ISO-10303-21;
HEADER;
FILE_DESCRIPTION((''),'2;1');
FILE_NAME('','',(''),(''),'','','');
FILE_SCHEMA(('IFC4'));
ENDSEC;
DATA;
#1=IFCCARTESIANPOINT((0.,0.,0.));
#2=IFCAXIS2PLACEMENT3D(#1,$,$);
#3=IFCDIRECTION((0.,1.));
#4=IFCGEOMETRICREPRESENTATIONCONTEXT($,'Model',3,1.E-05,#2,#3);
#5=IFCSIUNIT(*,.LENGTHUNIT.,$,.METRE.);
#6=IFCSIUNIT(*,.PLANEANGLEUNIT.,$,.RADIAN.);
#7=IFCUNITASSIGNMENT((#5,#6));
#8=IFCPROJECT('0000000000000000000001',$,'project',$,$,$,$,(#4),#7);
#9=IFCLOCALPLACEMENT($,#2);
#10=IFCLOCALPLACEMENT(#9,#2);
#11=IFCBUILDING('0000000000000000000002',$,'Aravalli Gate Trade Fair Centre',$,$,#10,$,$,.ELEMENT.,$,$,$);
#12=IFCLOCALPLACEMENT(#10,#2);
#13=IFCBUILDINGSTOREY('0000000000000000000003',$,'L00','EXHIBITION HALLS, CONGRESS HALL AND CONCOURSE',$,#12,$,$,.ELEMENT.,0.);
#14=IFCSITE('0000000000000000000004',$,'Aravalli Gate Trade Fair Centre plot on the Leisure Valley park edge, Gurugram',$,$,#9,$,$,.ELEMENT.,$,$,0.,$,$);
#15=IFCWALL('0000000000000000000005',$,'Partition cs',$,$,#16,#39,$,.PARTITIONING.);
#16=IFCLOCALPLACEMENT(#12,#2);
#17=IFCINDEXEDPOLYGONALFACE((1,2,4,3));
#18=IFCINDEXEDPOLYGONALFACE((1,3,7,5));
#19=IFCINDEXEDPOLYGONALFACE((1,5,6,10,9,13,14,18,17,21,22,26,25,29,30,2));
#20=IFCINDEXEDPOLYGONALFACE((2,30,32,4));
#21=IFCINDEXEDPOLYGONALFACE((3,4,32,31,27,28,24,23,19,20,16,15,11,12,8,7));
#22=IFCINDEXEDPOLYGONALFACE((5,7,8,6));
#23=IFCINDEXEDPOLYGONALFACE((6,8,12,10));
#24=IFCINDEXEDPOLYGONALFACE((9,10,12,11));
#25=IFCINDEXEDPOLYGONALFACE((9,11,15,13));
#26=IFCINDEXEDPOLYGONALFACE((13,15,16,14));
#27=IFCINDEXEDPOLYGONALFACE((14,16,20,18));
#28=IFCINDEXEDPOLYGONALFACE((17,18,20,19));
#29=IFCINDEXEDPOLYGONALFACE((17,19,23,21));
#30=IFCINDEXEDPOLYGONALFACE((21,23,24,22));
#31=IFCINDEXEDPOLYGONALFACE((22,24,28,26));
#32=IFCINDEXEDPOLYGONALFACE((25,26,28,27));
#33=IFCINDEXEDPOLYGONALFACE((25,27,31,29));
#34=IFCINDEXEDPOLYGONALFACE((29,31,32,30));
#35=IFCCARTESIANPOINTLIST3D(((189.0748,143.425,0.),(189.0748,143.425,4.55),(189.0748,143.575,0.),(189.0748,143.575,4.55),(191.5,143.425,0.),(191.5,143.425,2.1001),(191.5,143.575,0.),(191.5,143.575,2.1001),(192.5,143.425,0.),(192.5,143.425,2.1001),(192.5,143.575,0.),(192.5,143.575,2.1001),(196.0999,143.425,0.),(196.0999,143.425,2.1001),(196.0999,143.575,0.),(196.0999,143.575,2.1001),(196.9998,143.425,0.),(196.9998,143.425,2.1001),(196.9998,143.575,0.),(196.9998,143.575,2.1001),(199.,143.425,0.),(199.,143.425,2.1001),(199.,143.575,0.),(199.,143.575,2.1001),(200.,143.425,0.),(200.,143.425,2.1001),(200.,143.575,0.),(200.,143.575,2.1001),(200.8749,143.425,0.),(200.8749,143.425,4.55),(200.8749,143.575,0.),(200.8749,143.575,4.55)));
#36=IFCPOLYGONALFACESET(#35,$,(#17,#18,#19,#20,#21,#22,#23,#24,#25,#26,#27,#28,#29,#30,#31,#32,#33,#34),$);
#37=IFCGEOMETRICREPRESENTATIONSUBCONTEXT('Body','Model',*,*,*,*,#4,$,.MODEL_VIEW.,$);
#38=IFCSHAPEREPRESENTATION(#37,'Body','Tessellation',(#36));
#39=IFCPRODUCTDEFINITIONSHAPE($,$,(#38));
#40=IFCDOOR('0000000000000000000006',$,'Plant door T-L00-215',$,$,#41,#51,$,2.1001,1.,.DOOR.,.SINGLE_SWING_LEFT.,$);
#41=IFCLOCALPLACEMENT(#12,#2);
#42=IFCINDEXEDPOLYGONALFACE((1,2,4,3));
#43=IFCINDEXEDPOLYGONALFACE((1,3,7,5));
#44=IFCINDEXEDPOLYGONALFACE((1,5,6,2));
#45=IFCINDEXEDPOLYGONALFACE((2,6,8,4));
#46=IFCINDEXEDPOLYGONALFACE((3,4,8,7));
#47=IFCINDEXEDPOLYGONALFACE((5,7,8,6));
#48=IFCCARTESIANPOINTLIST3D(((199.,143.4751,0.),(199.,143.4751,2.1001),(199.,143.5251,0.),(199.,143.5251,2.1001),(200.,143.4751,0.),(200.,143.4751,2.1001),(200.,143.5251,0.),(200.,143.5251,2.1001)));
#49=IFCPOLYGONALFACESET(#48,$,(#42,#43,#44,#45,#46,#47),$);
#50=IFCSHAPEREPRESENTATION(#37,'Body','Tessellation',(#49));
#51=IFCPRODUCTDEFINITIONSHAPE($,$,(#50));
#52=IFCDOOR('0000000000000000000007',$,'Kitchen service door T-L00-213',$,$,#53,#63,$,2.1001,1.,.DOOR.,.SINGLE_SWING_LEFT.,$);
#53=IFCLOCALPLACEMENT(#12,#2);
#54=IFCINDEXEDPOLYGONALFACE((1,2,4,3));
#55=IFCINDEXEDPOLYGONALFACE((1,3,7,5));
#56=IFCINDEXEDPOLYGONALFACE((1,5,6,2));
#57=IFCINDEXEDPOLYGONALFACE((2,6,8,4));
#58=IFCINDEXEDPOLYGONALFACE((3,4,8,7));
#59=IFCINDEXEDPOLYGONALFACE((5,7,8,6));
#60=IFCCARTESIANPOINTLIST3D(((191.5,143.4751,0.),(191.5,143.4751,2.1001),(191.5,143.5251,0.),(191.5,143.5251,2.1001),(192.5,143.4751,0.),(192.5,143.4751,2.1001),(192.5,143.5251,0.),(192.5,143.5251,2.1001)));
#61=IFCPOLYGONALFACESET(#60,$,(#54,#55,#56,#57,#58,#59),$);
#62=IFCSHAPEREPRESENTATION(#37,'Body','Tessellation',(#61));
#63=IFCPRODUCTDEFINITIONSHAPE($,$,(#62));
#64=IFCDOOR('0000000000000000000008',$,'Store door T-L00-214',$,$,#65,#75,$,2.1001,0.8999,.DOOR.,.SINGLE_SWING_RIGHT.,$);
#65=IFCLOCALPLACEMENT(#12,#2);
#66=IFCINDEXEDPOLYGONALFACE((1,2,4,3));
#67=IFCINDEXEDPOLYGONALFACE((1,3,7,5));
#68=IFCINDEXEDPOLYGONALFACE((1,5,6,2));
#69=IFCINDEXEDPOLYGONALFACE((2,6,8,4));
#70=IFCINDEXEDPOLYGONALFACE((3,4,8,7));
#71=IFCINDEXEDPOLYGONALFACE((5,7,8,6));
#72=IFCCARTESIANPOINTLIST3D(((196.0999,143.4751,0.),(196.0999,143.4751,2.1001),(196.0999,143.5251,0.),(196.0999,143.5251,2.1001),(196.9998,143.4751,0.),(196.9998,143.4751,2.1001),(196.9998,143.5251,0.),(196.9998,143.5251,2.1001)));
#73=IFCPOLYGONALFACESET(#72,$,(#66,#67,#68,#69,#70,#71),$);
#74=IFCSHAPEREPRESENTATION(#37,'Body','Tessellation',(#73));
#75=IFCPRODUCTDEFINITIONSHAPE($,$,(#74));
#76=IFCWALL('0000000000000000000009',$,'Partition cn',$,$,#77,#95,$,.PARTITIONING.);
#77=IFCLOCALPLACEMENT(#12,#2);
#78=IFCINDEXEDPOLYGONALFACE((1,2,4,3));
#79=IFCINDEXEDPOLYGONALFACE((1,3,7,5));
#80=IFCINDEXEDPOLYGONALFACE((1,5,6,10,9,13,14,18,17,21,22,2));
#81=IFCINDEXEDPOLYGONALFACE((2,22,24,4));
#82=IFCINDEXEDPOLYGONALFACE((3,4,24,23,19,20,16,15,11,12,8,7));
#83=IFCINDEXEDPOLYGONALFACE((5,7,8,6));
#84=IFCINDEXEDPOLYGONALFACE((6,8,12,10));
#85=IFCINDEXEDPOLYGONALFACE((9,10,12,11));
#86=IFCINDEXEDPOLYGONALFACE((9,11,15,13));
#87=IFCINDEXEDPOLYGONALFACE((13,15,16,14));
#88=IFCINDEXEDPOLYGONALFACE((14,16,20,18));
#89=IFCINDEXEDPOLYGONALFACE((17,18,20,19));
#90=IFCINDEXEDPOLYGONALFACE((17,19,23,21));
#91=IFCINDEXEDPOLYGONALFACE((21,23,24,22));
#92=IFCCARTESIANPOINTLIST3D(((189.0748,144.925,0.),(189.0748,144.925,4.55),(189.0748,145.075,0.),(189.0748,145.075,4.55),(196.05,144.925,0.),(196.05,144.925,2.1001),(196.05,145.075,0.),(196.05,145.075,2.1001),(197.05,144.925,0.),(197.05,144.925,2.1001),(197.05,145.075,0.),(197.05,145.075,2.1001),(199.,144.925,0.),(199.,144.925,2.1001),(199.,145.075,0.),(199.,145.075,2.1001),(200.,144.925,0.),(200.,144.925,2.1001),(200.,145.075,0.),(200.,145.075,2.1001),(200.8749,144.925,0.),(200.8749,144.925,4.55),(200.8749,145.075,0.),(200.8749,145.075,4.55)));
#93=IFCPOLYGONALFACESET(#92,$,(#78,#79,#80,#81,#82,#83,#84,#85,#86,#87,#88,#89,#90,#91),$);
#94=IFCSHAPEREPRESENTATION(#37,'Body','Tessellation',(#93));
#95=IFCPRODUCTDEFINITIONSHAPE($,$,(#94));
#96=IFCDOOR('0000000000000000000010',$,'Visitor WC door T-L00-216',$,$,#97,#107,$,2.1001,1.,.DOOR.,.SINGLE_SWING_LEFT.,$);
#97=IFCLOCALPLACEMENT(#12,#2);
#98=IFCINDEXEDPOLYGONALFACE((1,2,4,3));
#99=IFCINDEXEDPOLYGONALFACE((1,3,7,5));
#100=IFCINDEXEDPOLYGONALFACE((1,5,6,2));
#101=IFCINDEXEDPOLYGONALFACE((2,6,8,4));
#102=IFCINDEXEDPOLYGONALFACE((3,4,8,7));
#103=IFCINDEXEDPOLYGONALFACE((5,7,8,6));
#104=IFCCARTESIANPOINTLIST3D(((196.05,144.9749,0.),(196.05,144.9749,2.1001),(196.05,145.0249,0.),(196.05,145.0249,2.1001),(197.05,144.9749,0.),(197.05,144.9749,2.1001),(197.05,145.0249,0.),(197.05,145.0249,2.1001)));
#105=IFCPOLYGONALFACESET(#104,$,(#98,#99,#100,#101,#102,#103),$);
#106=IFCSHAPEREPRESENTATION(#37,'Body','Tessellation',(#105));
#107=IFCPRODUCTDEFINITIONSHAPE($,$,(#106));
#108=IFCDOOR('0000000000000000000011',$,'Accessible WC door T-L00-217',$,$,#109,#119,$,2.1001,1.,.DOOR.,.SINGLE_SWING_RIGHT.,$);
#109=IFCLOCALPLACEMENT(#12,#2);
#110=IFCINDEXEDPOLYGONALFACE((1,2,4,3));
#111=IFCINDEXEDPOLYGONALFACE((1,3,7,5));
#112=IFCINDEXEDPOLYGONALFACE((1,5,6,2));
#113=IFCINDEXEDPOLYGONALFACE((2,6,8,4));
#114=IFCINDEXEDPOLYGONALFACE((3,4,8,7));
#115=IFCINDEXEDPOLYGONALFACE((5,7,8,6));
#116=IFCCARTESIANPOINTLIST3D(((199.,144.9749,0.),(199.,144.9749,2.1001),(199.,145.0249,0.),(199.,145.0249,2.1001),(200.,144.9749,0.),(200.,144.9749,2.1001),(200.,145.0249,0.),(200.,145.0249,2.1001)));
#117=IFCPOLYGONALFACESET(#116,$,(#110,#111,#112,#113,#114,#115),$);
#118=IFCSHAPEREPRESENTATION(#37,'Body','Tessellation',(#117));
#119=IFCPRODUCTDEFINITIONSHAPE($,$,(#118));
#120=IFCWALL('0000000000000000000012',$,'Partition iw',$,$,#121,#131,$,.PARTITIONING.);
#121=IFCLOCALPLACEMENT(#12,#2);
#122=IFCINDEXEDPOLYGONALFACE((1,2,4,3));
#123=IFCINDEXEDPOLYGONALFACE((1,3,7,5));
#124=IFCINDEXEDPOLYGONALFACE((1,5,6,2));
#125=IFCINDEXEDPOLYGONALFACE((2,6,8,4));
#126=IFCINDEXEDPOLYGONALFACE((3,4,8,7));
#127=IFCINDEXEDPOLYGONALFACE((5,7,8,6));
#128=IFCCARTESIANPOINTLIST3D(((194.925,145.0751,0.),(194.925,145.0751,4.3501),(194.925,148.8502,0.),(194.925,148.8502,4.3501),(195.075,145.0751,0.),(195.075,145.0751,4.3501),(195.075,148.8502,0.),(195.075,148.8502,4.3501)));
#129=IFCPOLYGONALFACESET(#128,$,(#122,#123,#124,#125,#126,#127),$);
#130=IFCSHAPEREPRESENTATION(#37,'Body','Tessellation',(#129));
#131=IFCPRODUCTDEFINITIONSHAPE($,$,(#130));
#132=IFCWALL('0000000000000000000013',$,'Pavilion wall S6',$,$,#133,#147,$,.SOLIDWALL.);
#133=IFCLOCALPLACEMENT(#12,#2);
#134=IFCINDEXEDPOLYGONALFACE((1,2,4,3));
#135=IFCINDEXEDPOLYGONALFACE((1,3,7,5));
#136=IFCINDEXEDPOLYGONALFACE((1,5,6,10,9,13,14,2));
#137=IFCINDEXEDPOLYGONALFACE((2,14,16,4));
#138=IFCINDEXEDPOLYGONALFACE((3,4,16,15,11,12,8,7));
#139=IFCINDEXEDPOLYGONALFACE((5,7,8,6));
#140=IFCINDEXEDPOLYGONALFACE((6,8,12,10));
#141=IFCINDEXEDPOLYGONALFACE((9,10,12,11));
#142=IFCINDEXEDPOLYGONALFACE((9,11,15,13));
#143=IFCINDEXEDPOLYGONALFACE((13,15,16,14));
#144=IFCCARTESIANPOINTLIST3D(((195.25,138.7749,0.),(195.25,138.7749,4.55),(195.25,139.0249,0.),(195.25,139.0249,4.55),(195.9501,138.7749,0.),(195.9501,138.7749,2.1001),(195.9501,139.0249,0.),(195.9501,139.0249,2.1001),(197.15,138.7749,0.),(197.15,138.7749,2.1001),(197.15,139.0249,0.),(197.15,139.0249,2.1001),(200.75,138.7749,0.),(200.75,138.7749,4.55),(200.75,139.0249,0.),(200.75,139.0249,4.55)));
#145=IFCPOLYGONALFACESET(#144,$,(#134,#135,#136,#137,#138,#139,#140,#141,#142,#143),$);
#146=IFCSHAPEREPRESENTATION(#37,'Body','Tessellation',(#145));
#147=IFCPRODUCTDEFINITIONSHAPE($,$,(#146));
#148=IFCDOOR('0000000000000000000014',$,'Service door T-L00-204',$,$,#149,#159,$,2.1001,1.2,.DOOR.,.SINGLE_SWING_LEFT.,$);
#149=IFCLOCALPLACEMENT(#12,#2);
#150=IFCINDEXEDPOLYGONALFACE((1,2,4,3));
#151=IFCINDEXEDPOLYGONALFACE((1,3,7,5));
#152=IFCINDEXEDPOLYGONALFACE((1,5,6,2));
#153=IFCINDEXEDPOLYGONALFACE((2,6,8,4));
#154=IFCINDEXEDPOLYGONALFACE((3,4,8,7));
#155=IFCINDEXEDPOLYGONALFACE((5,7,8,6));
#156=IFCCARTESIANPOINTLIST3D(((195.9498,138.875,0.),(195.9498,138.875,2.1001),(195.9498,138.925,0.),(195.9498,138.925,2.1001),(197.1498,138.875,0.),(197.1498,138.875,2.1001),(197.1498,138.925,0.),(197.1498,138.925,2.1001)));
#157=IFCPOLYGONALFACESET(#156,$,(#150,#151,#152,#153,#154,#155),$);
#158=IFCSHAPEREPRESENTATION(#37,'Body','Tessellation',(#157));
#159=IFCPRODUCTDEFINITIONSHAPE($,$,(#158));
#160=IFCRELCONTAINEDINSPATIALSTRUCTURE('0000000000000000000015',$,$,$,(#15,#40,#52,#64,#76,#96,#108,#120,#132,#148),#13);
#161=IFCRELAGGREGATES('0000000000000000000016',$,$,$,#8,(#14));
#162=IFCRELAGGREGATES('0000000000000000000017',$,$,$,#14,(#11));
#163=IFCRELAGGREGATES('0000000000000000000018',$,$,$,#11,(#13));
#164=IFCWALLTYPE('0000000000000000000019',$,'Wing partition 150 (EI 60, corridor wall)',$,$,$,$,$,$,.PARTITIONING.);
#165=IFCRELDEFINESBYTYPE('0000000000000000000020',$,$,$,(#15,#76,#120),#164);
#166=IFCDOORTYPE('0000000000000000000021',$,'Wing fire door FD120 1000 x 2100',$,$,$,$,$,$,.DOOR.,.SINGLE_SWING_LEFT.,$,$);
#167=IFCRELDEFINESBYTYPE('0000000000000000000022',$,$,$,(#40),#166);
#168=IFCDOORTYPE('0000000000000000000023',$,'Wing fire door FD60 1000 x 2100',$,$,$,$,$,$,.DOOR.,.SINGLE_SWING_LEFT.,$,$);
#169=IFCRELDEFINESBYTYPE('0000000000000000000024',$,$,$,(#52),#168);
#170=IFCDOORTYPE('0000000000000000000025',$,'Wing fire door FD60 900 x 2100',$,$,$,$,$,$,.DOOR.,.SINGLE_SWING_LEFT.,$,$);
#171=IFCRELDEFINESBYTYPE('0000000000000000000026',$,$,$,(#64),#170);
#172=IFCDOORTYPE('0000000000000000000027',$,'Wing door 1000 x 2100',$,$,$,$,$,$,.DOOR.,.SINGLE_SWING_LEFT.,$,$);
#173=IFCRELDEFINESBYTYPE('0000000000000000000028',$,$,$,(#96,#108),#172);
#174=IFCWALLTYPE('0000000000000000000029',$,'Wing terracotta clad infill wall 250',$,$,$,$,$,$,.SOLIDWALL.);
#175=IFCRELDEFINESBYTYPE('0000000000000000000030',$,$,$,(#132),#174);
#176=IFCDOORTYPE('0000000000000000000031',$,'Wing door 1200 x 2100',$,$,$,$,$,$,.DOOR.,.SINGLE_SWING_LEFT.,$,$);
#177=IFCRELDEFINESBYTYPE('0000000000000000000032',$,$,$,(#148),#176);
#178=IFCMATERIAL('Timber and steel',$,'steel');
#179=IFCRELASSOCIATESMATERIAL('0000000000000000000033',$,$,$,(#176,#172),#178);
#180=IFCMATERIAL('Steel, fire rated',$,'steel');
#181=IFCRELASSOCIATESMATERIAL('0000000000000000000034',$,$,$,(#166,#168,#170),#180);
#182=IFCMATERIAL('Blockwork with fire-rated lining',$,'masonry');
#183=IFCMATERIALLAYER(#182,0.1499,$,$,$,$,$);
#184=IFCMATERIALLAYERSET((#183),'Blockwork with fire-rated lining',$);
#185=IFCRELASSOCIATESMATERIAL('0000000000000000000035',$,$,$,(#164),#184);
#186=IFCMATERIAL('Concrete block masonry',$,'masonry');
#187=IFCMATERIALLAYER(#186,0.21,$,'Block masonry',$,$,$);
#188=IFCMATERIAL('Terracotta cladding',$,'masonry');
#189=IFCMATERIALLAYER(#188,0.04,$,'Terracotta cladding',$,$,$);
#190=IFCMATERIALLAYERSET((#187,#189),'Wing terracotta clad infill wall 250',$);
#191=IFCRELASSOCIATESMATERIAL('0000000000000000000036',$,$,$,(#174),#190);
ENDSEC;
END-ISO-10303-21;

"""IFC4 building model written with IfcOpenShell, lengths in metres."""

from ifc_helpers import new_model, si_unit, direction, frame, frame_2d, origin, place, context, subcontext, project, spatial, rectangle, extrude, material, layer, layer_set, type_object, element, fill, save


model = new_model("IFC4")

# Units and contexts
model_context = context("Model", 3, precision=1e-05, world=origin(), true_north=direction((0.0, 1.0)))
body_context = subcontext(model_context, "Body", "Model", "MODEL_VIEW")
ifc_project = project(units=[si_unit("LENGTHUNIT", "METRE"), si_unit("PLANEANGLEUNIT", "RADIAN")], contexts=[model_context])

# Site, building, storey
site_placement = place(None, origin())
site = spatial("IfcSite", under=ifc_project, at=site_placement, Name="Aravalli Gate Trade Fair Centre plot on the Leisure Valley park edge, Gurugram", CompositionType="ELEMENT", RefElevation=0.0)
building_placement = place(site_placement, origin())
building = spatial("IfcBuilding", under=site, at=building_placement, Name="Aravalli Gate Trade Fair Centre", CompositionType="ELEMENT")
storey_placement = place(building_placement, origin())
storey = spatial("IfcBuildingStorey", under=building, at=storey_placement, Name="L00", Description="EXHIBITION HALLS, CONGRESS HALL AND CONCOURSE", CompositionType="ELEMENT", Elevation=0.0)

# Shared definitions
ifc_material_1 = material(Name="Blockwork with fire-rated lining", Category="masonry")
ifc_material_2 = material(Name="Timber and steel", Category="steel")
door_type_1 = type_object("IfcDoorType", Name="Wing door 1200 x 2100", OperationType="SINGLE_SWING_LEFT", PredefinedType="DOOR", material=ifc_material_2)
ifc_material_3 = material(Name="Steel, fire rated", Category="steel")
door_type_2 = type_object("IfcDoorType", Name="Wing fire door FD120 1000 x 2100", OperationType="SINGLE_SWING_LEFT", PredefinedType="DOOR", material=ifc_material_3)

# Walls, openings, doors
ifc_layer_1 = layer(ifc_material_1, 0.1499)
ifc_layer_set_1 = layer_set([ifc_layer_1], Name="Blockwork with fire-rated lining")
wall_type_1 = type_object("IfcWallType", Name="Wing partition 150 (EI 60, corridor wall)", PredefinedType="PARTITIONING", material=ifc_layer_set_1)
wall_1_placement = place(storey_placement, frame((189.075, 143.5, 0.0), z_axis=(0.0, 0.0, 1.0), x_axis=(1.0, 0.0, 0.0)))
wall_1 = element("IfcWall", 1, at=wall_1_placement, inside=storey, type_object=wall_type_1, Name="Partition cs", PredefinedType="PARTITIONING", context=body_context, shape_type="SweptSolid", body=[
    extrude(rectangle(XDim=11.8, YDim=0.1499, at=frame_2d((5.8999, 0.0))), origin(), (0.0, 0.0, 1.0), 4.55),
])
opening_1_placement = place(wall_1_placement, frame((2.425, 0.0, 0.0)))
opening_1 = element("IfcOpeningElement", 2, at=opening_1_placement, cuts=wall_1, PredefinedType="OPENING", context=body_context, shape_type="SweptSolid", body=[
    extrude(rectangle(XDim=1.0, YDim=2.1001, at=frame_2d((0.5, 1.05))), frame((0.0, 0.085, 0.0), z_axis=(0.0, -1.0, 0.0), x_axis=(1.0, 0.0, 0.0)), (0.0, 0.0, 1.0), 0.1699),
])
opening_2_placement = place(wall_1_placement, frame((7.0249, 0.0, 0.0)))
opening_2 = element("IfcOpeningElement", 3, at=opening_2_placement, cuts=wall_1, PredefinedType="OPENING", context=body_context, shape_type="SweptSolid", body=[
    extrude(rectangle(XDim=0.8999, YDim=2.1001, at=frame_2d((0.45, 1.05))), frame((0.0, 0.085, 0.0), z_axis=(0.0, -1.0, 0.0), x_axis=(1.0, 0.0, 0.0)), (0.0, 0.0, 1.0), 0.1699),
])
opening_3_placement = place(wall_1_placement, frame((9.925, 0.0, 0.0)))
opening_3 = element("IfcOpeningElement", 4, at=opening_3_placement, cuts=wall_1, PredefinedType="OPENING", context=body_context, shape_type="SweptSolid", body=[
    extrude(rectangle(XDim=1.0, YDim=2.1001, at=frame_2d((0.5, 1.05))), frame((0.0, 0.085, 0.0), z_axis=(0.0, -1.0, 0.0), x_axis=(1.0, 0.0, 0.0)), (0.0, 0.0, 1.0), 0.1699),
])
door_1_placement = place(opening_3_placement, frame((1.0, 0.0, 0.0), z_axis=(0.0, 0.0, 1.0), x_axis=(-1.0, 0.0, 0.0)))
door_1 = element("IfcDoor", 5, at=door_1_placement, inside=storey, type_object=door_type_2, Name="Plant door T-L00-215", OperationType="SINGLE_SWING_LEFT", OverallHeight=2.1001, OverallWidth=1.0, PredefinedType="DOOR", context=body_context, shape_type="SweptSolid", body=[
    extrude(rectangle(XDim=1.0, YDim=2.1001, at=frame_2d((0.5, 1.05))), frame((0.0, 0.0249, 0.0), z_axis=(0.0, -1.0, 0.0), x_axis=(1.0, 0.0, 0.0)), (0.0, 0.0, 1.0), 0.05),
])
fill(opening_3, door_1)
door_type_3 = type_object("IfcDoorType", Name="Wing fire door FD60 1000 x 2100", OperationType="SINGLE_SWING_LEFT", PredefinedType="DOOR", material=ifc_material_3)
door_2_placement = place(opening_1_placement, frame((1.0, 0.0, 0.0), z_axis=(0.0, 0.0, 1.0), x_axis=(-1.0, 0.0, 0.0)))
door_2 = element("IfcDoor", 6, at=door_2_placement, inside=storey, type_object=door_type_3, Name="Kitchen service door T-L00-213", OperationType="SINGLE_SWING_LEFT", OverallHeight=2.1001, OverallWidth=1.0, PredefinedType="DOOR", context=body_context, shape_type="SweptSolid", body=[
    extrude(rectangle(XDim=1.0, YDim=2.1001, at=frame_2d((0.5, 1.05))), frame((0.0, 0.0249, 0.0), z_axis=(0.0, -1.0, 0.0), x_axis=(1.0, 0.0, 0.0)), (0.0, 0.0, 1.0), 0.05),
])
fill(opening_1, door_2)
door_type_4 = type_object("IfcDoorType", Name="Wing fire door FD60 900 x 2100", OperationType="SINGLE_SWING_LEFT", PredefinedType="DOOR", material=ifc_material_3)
door_3_placement = place(opening_2_placement, frame((0.8999, 0.0, 0.0), z_axis=(0.0, 0.0, 1.0), x_axis=(-1.0, 0.0, 0.0)))
door_3 = element("IfcDoor", 7, at=door_3_placement, inside=storey, type_object=door_type_4, Name="Store door T-L00-214", OperationType="SINGLE_SWING_RIGHT", OverallHeight=2.1001, OverallWidth=0.8999, PredefinedType="DOOR", context=body_context, shape_type="SweptSolid", body=[
    extrude(rectangle(XDim=0.8999, YDim=2.1001, at=frame_2d((0.45, 1.05))), frame((0.0, 0.0249, 0.0), z_axis=(0.0, -1.0, 0.0), x_axis=(1.0, 0.0, 0.0)), (0.0, 0.0, 1.0), 0.05),
])
fill(opening_2, door_3)
wall_2_placement = place(storey_placement, frame((189.075, 145.0, 0.0), z_axis=(0.0, 0.0, 1.0), x_axis=(1.0, 0.0, 0.0)))
wall_2 = element("IfcWall", 8, at=wall_2_placement, inside=storey, type_object=wall_type_1, Name="Partition cn", PredefinedType="PARTITIONING", context=body_context, shape_type="SweptSolid", body=[
    extrude(rectangle(XDim=11.8, YDim=0.1499, at=frame_2d((5.8999, 0.0))), origin(), (0.0, 0.0, 1.0), 4.55),
])
opening_4_placement = place(wall_2_placement, frame((6.9751, 0.0, 0.0)))
opening_4 = element("IfcOpeningElement", 9, at=opening_4_placement, cuts=wall_2, PredefinedType="OPENING", context=body_context, shape_type="SweptSolid", body=[
    extrude(rectangle(XDim=1.0, YDim=2.1001, at=frame_2d((0.5, 1.05))), frame((0.0, 0.085, 0.0), z_axis=(0.0, -1.0, 0.0), x_axis=(1.0, 0.0, 0.0)), (0.0, 0.0, 1.0), 0.1699),
])
opening_5_placement = place(wall_2_placement, frame((9.925, 0.0, 0.0)))
opening_5 = element("IfcOpeningElement", 10, at=opening_5_placement, cuts=wall_2, PredefinedType="OPENING", context=body_context, shape_type="SweptSolid", body=[
    extrude(rectangle(XDim=1.0, YDim=2.1001, at=frame_2d((0.5, 1.05))), frame((0.0, 0.085, 0.0), z_axis=(0.0, -1.0, 0.0), x_axis=(1.0, 0.0, 0.0)), (0.0, 0.0, 1.0), 0.1699),
])
door_type_5 = type_object("IfcDoorType", Name="Wing door 1000 x 2100", OperationType="SINGLE_SWING_LEFT", PredefinedType="DOOR", material=ifc_material_2)
door_4_placement = place(opening_4_placement, origin())
door_4 = element("IfcDoor", 11, at=door_4_placement, inside=storey, type_object=door_type_5, Name="Visitor WC door T-L00-216", OperationType="SINGLE_SWING_LEFT", OverallHeight=2.1001, OverallWidth=1.0, PredefinedType="DOOR", context=body_context, shape_type="SweptSolid", body=[
    extrude(rectangle(XDim=1.0, YDim=2.1001, at=frame_2d((0.5, 1.05))), frame((0.0, 0.0249, 0.0), z_axis=(0.0, -1.0, 0.0), x_axis=(1.0, 0.0, 0.0)), (0.0, 0.0, 1.0), 0.05),
])
fill(opening_4, door_4)
door_5_placement = place(opening_5_placement, origin())
door_5 = element("IfcDoor", 12, at=door_5_placement, inside=storey, type_object=door_type_5, Name="Accessible WC door T-L00-217", OperationType="SINGLE_SWING_RIGHT", OverallHeight=2.1001, OverallWidth=1.0, PredefinedType="DOOR", context=body_context, shape_type="SweptSolid", body=[
    extrude(rectangle(XDim=1.0, YDim=2.1001, at=frame_2d((0.5, 1.05))), frame((0.0, 0.0249, 0.0), z_axis=(0.0, -1.0, 0.0), x_axis=(1.0, 0.0, 0.0)), (0.0, 0.0, 1.0), 0.05),
])
fill(opening_5, door_5)

# Wall
wall_3_placement = place(storey_placement, frame((195.0, 145.075, 0.0), z_axis=(0.0, 0.0, 1.0), x_axis=(0.0, 1.0, 0.0)))
element("IfcWall", 13, at=wall_3_placement, inside=storey, type_object=wall_type_1, Name="Partition iw", PredefinedType="PARTITIONING", context=body_context, shape_type="SweptSolid", body=[
    extrude(rectangle(XDim=3.7751, YDim=0.1499, at=frame_2d((1.8877, 0.0))), origin(), (0.0, 0.0, 1.0), 4.3501),
])

# Wall, opening, door
ifc_material_4 = material(Name="Concrete block masonry", Category="masonry")
ifc_layer_2 = layer(ifc_material_4, 0.21, Name="Block masonry")
ifc_material_5 = material(Name="Terracotta cladding", Category="masonry")
ifc_layer_3 = layer(ifc_material_5, 0.04, Name="Terracotta cladding")
ifc_layer_set_2 = layer_set([ifc_layer_2, ifc_layer_3], Name="Wing terracotta clad infill wall 250")
wall_type_2 = type_object("IfcWallType", Name="Wing terracotta clad infill wall 250", PredefinedType="SOLIDWALL", material=ifc_layer_set_2)
wall_4_placement = place(storey_placement, frame((195.25, 138.8999, 0.0), z_axis=(0.0, 0.0, 1.0), x_axis=(1.0, 0.0, 0.0)))
wall_4 = element("IfcWall", 14, at=wall_4_placement, inside=storey, type_object=wall_type_2, Name="Pavilion wall S6", PredefinedType="SOLIDWALL", context=body_context, shape_type="SweptSolid", body=[
    extrude(rectangle(XDim=5.5, YDim=0.25, at=frame_2d((2.75, 0.0))), origin(), (0.0, 0.0, 1.0), 4.55),
])
opening_6_placement = place(wall_4_placement, frame((0.7, 0.0, 0.0)))
opening_6 = element("IfcOpeningElement", 15, at=opening_6_placement, cuts=wall_4, PredefinedType="OPENING", context=body_context, shape_type="SweptSolid", body=[
    extrude(rectangle(XDim=1.2, YDim=2.1001, at=frame_2d((0.6001, 1.05))), frame((0.0, 0.135, 0.0), z_axis=(0.0, -1.0, 0.0), x_axis=(1.0, 0.0, 0.0)), (0.0, 0.0, 1.0), 0.27),
])
door_6_placement = place(opening_6_placement, frame((1.2, 0.0, 0.0), z_axis=(0.0, 0.0, 1.0), x_axis=(-1.0, 0.0, 0.0)))
door_6 = element("IfcDoor", 16, at=door_6_placement, inside=storey, type_object=door_type_1, Name="Service door T-L00-204", OperationType="SINGLE_SWING_LEFT", OverallHeight=2.1001, OverallWidth=1.2, PredefinedType="DOOR", context=body_context, shape_type="SweptSolid", body=[
    extrude(rectangle(XDim=1.2, YDim=2.1001, at=frame_2d((0.6001, 1.05))), frame((0.0, 0.0249, 0.0), z_axis=(0.0, -1.0, 0.0), x_axis=(1.0, 0.0, 0.0)), (0.0, 0.0, 1.0), 0.05),
])
fill(opening_6, door_6)

save(model, "model.ifc")
